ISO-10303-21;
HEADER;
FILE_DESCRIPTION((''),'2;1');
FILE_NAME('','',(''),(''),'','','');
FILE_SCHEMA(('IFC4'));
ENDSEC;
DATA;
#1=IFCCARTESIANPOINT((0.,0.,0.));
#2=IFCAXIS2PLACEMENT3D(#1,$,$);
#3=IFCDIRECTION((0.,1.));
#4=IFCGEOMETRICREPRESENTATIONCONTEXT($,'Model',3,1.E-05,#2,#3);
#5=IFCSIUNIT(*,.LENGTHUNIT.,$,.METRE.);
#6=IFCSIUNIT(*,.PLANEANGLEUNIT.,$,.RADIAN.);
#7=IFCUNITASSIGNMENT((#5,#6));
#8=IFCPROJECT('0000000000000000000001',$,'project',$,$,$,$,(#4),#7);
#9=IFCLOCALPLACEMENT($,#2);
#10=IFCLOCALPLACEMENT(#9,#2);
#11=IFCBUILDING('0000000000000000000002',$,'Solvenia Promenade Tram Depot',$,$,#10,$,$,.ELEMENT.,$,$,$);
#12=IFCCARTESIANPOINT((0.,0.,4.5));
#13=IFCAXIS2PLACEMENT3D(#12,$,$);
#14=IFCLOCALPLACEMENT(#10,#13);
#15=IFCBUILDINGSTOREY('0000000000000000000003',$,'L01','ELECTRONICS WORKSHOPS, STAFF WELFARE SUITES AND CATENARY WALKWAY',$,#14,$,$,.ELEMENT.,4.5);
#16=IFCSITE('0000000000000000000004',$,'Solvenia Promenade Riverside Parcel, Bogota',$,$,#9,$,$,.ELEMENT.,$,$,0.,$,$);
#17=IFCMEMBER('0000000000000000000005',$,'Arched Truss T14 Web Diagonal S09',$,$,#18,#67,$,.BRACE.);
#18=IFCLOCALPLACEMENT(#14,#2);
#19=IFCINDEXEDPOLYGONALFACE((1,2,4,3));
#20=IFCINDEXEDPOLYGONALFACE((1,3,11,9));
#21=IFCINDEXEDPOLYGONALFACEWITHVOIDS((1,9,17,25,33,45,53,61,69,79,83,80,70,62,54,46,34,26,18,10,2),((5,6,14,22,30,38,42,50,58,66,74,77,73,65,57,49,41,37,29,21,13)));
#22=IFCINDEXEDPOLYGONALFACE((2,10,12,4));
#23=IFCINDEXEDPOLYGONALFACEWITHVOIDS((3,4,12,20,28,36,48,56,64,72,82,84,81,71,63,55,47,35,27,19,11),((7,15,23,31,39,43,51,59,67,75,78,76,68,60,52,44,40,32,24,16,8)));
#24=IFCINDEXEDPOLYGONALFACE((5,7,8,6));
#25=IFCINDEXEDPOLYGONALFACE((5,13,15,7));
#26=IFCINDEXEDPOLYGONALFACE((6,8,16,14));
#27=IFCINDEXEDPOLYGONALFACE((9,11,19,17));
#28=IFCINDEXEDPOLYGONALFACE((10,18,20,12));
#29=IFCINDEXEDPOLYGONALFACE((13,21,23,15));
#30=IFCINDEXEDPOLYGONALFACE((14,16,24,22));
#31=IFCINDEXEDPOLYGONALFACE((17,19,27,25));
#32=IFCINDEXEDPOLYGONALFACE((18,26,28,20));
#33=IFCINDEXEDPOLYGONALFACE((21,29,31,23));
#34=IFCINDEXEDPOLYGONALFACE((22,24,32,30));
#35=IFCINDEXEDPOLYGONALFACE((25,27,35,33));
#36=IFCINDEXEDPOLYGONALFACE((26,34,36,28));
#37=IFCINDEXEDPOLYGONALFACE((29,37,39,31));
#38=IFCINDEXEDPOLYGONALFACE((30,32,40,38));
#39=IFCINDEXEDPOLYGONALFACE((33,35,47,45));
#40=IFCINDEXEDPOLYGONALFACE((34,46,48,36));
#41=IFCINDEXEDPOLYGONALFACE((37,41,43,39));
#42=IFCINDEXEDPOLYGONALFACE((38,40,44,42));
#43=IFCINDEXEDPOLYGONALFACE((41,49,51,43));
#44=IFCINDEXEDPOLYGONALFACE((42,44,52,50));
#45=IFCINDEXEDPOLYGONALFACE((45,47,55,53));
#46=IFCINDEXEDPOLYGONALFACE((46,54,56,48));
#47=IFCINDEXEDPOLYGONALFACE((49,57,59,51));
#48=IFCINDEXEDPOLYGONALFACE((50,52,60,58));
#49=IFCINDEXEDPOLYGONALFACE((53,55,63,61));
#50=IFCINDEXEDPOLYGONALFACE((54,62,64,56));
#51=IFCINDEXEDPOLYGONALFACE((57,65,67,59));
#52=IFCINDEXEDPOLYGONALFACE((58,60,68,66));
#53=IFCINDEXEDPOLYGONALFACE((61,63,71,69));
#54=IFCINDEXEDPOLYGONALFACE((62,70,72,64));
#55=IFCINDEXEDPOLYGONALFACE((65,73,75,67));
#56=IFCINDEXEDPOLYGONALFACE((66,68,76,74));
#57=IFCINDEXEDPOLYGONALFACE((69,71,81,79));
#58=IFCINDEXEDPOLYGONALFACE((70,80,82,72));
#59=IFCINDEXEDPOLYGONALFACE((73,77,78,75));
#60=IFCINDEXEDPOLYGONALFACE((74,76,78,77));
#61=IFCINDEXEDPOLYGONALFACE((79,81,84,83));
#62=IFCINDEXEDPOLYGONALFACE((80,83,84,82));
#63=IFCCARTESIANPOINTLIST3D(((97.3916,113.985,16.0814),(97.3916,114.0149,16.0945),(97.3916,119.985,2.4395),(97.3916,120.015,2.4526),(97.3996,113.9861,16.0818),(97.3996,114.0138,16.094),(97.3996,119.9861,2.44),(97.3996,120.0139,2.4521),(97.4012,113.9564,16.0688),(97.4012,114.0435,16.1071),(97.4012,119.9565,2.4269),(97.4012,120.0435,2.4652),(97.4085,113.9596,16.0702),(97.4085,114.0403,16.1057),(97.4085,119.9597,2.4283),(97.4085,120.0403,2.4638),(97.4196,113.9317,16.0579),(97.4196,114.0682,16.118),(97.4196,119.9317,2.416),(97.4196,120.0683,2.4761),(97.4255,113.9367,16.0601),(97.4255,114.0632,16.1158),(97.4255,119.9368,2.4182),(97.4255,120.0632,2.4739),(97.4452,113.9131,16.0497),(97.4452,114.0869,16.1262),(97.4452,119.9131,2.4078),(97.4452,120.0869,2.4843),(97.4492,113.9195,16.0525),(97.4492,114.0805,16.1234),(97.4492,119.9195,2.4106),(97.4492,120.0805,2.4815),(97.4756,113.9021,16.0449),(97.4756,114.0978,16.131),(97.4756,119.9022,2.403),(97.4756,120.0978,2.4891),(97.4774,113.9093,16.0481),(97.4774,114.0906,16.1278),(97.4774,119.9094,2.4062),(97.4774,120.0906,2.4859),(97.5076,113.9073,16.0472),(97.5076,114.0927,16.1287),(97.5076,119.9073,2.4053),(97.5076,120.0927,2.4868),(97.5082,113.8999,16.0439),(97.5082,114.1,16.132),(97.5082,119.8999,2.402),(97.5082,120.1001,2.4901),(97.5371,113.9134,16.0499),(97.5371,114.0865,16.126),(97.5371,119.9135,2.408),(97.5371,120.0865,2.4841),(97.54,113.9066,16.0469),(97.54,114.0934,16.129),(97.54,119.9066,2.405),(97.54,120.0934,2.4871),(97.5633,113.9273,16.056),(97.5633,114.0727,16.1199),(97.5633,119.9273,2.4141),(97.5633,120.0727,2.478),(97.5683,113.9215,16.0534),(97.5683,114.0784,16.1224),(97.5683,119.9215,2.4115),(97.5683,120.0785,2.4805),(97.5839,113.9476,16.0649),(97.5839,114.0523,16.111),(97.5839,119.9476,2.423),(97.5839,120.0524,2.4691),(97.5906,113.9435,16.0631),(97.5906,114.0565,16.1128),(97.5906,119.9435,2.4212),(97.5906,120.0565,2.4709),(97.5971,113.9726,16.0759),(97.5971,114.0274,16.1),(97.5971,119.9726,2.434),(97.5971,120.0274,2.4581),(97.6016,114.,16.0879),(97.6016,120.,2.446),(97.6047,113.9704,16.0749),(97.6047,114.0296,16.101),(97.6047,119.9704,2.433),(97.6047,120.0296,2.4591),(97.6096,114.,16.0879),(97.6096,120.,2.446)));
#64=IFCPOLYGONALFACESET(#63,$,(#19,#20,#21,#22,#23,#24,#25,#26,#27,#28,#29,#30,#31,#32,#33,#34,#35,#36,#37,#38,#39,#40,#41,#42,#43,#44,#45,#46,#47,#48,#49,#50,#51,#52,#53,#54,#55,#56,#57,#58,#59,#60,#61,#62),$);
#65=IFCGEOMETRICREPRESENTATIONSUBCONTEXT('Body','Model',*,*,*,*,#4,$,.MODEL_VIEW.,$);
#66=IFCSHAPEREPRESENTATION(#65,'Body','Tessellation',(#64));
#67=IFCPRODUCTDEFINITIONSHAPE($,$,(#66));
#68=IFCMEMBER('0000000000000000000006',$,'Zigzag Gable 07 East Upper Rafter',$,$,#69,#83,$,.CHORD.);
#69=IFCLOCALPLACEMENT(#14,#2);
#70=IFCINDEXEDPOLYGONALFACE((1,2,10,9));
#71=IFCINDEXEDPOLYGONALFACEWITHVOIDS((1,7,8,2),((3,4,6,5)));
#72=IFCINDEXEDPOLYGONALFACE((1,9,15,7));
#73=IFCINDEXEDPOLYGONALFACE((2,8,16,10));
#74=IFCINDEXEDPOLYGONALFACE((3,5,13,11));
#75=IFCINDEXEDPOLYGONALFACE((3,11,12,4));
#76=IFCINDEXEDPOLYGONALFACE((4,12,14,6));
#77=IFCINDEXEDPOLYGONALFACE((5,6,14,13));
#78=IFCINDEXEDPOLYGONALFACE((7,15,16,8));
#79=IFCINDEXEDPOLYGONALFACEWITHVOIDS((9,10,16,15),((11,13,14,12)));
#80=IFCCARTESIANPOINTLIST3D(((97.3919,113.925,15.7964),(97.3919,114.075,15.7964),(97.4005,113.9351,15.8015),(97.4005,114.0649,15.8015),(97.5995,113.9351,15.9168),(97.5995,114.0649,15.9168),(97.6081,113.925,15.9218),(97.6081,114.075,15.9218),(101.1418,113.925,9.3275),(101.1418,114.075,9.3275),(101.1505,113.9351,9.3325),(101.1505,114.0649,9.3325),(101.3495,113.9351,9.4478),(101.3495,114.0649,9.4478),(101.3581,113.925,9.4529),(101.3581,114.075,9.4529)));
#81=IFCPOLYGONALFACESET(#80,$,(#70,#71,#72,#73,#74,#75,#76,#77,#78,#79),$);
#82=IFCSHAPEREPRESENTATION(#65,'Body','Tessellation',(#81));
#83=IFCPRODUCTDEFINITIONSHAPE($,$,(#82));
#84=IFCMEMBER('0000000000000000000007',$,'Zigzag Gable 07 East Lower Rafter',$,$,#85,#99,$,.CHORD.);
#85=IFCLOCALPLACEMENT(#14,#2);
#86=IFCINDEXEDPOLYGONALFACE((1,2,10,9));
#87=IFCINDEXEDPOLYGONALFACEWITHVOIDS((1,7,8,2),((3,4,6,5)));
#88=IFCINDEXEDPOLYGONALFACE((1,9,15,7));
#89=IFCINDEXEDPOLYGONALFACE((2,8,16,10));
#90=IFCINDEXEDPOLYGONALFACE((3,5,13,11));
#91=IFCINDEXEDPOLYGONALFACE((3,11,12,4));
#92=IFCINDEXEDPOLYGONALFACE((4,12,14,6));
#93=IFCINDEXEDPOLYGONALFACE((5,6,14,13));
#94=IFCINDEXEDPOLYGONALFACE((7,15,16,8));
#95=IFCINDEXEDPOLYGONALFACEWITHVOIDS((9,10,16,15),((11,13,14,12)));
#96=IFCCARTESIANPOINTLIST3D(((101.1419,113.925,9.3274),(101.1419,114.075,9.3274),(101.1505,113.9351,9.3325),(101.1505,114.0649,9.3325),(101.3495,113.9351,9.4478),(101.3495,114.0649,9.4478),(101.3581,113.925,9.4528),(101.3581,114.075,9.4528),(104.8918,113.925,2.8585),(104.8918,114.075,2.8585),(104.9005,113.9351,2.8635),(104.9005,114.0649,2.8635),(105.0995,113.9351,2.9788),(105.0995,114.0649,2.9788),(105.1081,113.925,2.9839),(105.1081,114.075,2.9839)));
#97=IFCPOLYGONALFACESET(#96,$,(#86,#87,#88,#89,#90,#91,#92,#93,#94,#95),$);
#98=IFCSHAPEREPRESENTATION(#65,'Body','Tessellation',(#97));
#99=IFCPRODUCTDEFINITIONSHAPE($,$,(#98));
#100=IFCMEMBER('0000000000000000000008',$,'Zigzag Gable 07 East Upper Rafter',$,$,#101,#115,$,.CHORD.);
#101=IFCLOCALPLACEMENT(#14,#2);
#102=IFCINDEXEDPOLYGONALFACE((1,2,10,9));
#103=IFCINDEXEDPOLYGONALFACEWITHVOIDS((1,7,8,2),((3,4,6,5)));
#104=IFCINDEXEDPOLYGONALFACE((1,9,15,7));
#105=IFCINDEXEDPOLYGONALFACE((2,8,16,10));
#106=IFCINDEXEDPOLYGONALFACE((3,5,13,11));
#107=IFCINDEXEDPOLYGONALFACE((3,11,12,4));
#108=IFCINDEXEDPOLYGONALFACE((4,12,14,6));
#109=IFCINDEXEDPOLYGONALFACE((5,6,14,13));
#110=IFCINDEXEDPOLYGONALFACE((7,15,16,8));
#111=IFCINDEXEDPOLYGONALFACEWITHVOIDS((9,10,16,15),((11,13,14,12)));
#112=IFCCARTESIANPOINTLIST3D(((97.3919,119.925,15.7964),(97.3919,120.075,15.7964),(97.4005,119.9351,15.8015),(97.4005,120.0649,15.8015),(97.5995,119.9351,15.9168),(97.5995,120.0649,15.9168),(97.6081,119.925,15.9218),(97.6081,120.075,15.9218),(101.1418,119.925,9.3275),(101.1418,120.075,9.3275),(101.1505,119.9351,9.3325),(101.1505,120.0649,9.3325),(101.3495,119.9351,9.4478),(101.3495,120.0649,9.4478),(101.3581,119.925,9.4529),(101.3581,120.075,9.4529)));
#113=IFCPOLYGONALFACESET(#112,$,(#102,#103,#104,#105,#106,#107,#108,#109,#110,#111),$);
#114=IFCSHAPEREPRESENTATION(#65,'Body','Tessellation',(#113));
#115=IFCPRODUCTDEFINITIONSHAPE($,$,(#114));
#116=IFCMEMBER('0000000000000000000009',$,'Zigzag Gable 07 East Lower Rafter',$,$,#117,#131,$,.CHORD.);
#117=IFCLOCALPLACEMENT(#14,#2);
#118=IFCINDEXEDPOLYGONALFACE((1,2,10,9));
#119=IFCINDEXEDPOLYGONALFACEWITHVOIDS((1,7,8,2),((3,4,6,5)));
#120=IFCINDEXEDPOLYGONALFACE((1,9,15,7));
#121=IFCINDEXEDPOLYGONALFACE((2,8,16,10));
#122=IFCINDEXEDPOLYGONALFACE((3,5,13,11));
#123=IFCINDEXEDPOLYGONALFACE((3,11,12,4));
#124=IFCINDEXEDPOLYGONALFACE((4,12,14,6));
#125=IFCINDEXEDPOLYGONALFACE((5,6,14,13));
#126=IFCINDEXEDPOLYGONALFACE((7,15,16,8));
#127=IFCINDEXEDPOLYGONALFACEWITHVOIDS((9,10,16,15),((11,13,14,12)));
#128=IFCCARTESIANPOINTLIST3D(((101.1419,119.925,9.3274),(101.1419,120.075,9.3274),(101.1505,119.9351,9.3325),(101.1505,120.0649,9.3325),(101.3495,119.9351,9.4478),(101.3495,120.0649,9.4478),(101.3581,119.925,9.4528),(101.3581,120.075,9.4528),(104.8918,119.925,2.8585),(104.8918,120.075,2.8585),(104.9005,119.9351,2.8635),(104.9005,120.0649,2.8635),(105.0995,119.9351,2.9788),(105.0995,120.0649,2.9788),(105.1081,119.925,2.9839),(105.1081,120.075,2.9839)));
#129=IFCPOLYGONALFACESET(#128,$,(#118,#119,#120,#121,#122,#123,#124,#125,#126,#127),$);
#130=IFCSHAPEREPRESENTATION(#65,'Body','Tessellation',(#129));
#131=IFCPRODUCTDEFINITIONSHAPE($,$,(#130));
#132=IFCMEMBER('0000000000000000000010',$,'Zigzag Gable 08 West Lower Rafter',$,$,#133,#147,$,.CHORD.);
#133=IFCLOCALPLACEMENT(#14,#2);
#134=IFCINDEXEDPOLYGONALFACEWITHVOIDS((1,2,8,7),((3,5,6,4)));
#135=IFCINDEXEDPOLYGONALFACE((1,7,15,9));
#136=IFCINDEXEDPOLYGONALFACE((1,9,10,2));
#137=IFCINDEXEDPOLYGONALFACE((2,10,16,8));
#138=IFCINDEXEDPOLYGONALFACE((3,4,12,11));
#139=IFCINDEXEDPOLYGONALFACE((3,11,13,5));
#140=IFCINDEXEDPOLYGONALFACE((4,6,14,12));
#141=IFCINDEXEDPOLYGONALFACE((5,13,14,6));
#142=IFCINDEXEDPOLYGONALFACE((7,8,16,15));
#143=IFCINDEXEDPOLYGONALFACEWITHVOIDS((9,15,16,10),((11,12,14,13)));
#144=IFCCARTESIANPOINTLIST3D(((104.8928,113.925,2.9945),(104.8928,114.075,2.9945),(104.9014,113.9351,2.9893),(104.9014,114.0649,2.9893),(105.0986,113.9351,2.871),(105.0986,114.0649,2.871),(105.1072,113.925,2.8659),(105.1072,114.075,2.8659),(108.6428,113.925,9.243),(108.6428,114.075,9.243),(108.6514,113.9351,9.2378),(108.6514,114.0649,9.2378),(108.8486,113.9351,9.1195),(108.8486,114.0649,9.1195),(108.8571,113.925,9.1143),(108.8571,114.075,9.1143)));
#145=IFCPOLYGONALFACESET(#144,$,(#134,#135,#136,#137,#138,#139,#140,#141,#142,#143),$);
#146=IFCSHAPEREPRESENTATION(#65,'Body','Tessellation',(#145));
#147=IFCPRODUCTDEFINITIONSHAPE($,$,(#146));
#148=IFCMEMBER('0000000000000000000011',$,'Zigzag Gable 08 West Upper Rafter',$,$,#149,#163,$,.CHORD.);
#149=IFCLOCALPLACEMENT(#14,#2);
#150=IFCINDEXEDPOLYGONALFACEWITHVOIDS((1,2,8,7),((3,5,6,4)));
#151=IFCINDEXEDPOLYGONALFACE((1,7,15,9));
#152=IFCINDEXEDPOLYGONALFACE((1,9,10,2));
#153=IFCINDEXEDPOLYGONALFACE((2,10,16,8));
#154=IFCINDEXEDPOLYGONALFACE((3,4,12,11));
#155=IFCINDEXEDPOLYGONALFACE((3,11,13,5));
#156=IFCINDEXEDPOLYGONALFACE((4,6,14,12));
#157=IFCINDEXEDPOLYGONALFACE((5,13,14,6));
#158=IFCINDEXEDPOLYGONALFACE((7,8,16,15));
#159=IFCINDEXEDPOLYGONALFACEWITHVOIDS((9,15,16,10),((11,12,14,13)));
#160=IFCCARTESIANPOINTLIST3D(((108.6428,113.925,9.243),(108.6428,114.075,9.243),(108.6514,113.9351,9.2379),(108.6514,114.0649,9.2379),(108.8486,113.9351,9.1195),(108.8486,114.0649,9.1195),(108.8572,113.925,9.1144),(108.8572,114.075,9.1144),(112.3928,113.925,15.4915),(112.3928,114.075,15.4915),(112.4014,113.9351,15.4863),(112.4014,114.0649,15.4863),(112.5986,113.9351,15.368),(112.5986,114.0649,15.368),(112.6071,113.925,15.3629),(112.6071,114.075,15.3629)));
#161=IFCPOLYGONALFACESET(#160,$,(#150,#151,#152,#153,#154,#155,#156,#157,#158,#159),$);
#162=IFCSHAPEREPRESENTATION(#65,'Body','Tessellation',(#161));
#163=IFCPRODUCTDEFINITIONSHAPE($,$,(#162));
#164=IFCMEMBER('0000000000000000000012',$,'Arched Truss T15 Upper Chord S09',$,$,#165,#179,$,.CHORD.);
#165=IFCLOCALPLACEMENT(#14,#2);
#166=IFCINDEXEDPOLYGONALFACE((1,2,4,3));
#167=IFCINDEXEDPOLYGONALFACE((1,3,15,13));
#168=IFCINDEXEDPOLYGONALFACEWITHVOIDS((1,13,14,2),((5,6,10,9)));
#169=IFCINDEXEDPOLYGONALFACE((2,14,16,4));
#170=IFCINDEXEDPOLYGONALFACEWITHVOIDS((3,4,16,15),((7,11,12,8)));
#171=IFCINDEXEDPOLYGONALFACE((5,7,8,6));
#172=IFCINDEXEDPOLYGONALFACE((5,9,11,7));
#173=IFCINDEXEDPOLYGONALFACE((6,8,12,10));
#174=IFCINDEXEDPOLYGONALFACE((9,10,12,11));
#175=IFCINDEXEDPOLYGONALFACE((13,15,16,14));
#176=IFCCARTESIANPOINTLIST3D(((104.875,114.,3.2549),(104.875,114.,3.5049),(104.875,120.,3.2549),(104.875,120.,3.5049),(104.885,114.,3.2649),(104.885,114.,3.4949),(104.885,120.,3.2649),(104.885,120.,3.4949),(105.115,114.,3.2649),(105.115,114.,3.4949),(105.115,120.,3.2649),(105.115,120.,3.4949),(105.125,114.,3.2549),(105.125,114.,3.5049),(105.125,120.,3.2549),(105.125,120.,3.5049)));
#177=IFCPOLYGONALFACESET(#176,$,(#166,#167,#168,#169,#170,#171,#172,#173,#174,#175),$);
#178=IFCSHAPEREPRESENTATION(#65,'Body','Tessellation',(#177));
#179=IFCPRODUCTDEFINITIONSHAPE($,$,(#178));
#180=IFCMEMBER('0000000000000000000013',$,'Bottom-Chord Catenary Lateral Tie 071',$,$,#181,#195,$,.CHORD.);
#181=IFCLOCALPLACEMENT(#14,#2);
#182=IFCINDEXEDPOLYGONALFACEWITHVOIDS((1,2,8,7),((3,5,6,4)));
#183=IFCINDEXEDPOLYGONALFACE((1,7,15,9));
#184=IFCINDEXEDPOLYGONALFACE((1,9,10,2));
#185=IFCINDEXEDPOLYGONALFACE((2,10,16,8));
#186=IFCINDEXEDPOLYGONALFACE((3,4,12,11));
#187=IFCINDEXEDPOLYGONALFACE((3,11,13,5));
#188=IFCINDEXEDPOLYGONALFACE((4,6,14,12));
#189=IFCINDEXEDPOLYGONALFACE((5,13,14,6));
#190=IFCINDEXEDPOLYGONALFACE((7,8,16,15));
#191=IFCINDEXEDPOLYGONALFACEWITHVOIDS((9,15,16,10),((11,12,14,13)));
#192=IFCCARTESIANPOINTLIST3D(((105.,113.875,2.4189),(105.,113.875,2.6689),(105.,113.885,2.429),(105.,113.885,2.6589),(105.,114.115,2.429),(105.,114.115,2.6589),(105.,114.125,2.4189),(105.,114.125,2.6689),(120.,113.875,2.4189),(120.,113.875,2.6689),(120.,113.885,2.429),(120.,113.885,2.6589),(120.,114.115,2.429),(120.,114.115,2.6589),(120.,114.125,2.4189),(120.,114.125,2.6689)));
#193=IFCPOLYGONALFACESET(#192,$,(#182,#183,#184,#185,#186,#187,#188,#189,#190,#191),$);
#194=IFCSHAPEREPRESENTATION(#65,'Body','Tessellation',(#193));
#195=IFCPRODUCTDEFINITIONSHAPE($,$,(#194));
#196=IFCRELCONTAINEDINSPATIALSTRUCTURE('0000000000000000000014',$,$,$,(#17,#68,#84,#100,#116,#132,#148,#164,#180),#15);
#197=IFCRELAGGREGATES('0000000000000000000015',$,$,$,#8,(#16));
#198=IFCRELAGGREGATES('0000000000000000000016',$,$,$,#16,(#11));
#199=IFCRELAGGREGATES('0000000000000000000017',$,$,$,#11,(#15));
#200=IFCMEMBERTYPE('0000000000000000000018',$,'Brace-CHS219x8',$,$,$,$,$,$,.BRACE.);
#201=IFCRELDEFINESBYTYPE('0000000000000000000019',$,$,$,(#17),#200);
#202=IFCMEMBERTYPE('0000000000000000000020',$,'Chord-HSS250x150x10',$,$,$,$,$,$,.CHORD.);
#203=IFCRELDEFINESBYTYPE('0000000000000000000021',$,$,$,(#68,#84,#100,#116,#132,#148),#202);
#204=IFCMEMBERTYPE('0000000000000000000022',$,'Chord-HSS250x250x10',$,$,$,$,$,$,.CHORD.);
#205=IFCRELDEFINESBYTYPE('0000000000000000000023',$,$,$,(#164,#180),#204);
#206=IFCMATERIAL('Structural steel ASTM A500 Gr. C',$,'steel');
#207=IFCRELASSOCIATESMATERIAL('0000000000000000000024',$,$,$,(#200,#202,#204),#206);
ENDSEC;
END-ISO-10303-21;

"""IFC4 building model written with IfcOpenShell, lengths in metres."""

from ifc_helpers import new_model, si_unit, direction, frame, origin, origin_2d, place, context, subcontext, project, spatial, hollow_rectangle, hollow_circle, extrude, material, material_profile, profile_set, type_object, element, save


model = new_model("IFC4")

# Units and contexts
model_context = context("Model", 3, precision=1e-05, world=origin(), true_north=direction((0.0, 1.0)))
body_context = subcontext(model_context, "Body", "Model", "MODEL_VIEW")
ifc_project = project(units=[si_unit("LENGTHUNIT", "METRE"), si_unit("PLANEANGLEUNIT", "RADIAN")], contexts=[model_context])

# Site, building, storey
site_placement = place(None, origin())
site = spatial("IfcSite", under=ifc_project, at=site_placement, Name="Solvenia Promenade Riverside Parcel, Bogota", CompositionType="ELEMENT", RefElevation=0.0)
building_placement = place(site_placement, origin())
building = spatial("IfcBuilding", under=site, at=building_placement, Name="Solvenia Promenade Tram Depot", CompositionType="ELEMENT")
storey_placement = place(building_placement, frame((0.0, 0.0, 4.5)))
storey = spatial("IfcBuildingStorey", under=building, at=storey_placement, Name="L01", Description="ELECTRONICS WORKSHOPS, STAFF WELFARE SUITES AND CATENARY WALKWAY", CompositionType="ELEMENT", Elevation=4.5)

# Members
ifc_material_1 = material(Name="Structural steel ASTM A500 Gr. C", Category="steel")
ifc_material_profile_1 = material_profile(ifc_material_1, hollow_circle(Radius=0.1096, WallThickness=0.0081, at=origin_2d()), Name="CHS219.1x8", Category="steel")
ifc_profile_set_1 = profile_set([ifc_material_profile_1], Name="Structural steel ASTM A500 Gr. C")
member_type_1 = type_object("IfcMemberType", Name="Brace-CHS219x8", PredefinedType="BRACE", material=ifc_profile_set_1)
member_1_placement = place(storey_placement, frame((97.5, 120.0, 2.446), z_axis=(0.0, -0.402603, 0.915375), x_axis=(1.0, 0.0, 0.0)))
element("IfcMember", 1, at=member_1_placement, inside=storey, type_object=member_type_1, Name="Arched Truss T14 Web Diagonal S09", PredefinedType="BRACE", context=body_context, shape_type="SweptSolid", body=[
    extrude(hollow_circle(Radius=0.1096, WallThickness=0.0081, at=origin_2d()), origin(), (0.0, 0.0, 1.0), 14.9031),
])
ifc_material_profile_2 = material_profile(ifc_material_1, hollow_rectangle(XDim=0.1499, YDim=0.25, WallThickness=0.01, at=origin_2d()), Name="HSS250x150x10", Category="steel")
ifc_profile_set_2 = profile_set([ifc_material_profile_2], Name="Structural steel ASTM A500 Gr. C")
member_type_2 = type_object("IfcMemberType", Name="Chord-HSS250x150x10", PredefinedType="CHORD", material=ifc_profile_set_2)
for number, where, z_axis, x_axis, name in (
    (2, (97.5, 114.0, 15.8591), (0.501516, 0.0, -0.865148), (0.0, 1.0, 0.0), "Zigzag Gable 07 East Upper Rafter"),
    (3, (101.25, 114.0, 9.3901), (0.501516, 0.0, -0.865148), (0.0, 1.0, 0.0), "Zigzag Gable 07 East Lower Rafter"),
    (4, (97.5, 120.0, 15.8591), (0.501516, 0.0, -0.865148), (0.0, 1.0, 0.0), "Zigzag Gable 07 East Upper Rafter"),
    (5, (101.25, 120.0, 9.3901), (0.501516, 0.0, -0.865148), (0.0, 1.0, 0.0), "Zigzag Gable 07 East Lower Rafter"),
):
    element("IfcMember", number, at=place(storey_placement, frame(where, z_axis=z_axis, x_axis=x_axis)), inside=storey, type_object=member_type_2, Name=name, PredefinedType="CHORD", context=body_context, shape_type="SweptSolid", body=[
        extrude(hollow_rectangle(XDim=0.1499, YDim=0.25, WallThickness=0.01, at=origin_2d()), origin(), (0.0, 0.0, 1.0), 7.4773),
    ])
for number, where, z_axis, x_axis, name in (
    (6, (105.0, 114.0, 2.9302), (0.514584, 0.0, 0.85744), (0.0, 1.0, 0.0), "Zigzag Gable 08 West Lower Rafter"),
    (7, (108.75, 114.0, 9.1787), (0.514584, 0.0, 0.85744), (0.0, 1.0, 0.0), "Zigzag Gable 08 West Upper Rafter"),
):
    element("IfcMember", number, at=place(storey_placement, frame(where, z_axis=z_axis, x_axis=x_axis)), inside=storey, type_object=member_type_2, Name=name, PredefinedType="CHORD", context=body_context, shape_type="SweptSolid", body=[
        extrude(hollow_rectangle(XDim=0.1499, YDim=0.25, WallThickness=0.01, at=origin_2d()), origin(), (0.0, 0.0, 1.0), 7.2874),
    ])
ifc_material_profile_3 = material_profile(ifc_material_1, hollow_rectangle(XDim=0.25, YDim=0.25, WallThickness=0.01, at=origin_2d()), Name="HSS250x250x10", Category="steel")
ifc_profile_set_3 = profile_set([ifc_material_profile_3], Name="Structural steel ASTM A500 Gr. C")
member_type_3 = type_object("IfcMemberType", Name="Chord-HSS250x250x10", PredefinedType="CHORD", material=ifc_profile_set_3)
member_2_placement = place(storey_placement, frame((105.0, 114.0, 3.3799), z_axis=(0.0, 1.0, 0.0), x_axis=(-1.0, 0.0, 0.0)))
element("IfcMember", 8, at=member_2_placement, inside=storey, type_object=member_type_3, Name="Arched Truss T15 Upper Chord S09", PredefinedType="CHORD", context=body_context, shape_type="SweptSolid", body=[
    extrude(hollow_rectangle(XDim=0.25, YDim=0.25, WallThickness=0.01, at=origin_2d()), origin(), (0.0, 0.0, 1.0), 6.0),
])
member_3_placement = place(storey_placement, frame((105.0, 114.0, 2.5439), z_axis=(1.0, 0.0, 0.0), x_axis=(0.0, 1.0, 0.0)))
element("IfcMember", 9, at=member_3_placement, inside=storey, type_object=member_type_3, Name="Bottom-Chord Catenary Lateral Tie 071", PredefinedType="CHORD", context=body_context, shape_type="SweptSolid", body=[
    extrude(hollow_rectangle(XDim=0.25, YDim=0.25, WallThickness=0.01, at=origin_2d()), origin(), (0.0, 0.0, 1.0), 15.0),
])

save(model, "model.ifc")
